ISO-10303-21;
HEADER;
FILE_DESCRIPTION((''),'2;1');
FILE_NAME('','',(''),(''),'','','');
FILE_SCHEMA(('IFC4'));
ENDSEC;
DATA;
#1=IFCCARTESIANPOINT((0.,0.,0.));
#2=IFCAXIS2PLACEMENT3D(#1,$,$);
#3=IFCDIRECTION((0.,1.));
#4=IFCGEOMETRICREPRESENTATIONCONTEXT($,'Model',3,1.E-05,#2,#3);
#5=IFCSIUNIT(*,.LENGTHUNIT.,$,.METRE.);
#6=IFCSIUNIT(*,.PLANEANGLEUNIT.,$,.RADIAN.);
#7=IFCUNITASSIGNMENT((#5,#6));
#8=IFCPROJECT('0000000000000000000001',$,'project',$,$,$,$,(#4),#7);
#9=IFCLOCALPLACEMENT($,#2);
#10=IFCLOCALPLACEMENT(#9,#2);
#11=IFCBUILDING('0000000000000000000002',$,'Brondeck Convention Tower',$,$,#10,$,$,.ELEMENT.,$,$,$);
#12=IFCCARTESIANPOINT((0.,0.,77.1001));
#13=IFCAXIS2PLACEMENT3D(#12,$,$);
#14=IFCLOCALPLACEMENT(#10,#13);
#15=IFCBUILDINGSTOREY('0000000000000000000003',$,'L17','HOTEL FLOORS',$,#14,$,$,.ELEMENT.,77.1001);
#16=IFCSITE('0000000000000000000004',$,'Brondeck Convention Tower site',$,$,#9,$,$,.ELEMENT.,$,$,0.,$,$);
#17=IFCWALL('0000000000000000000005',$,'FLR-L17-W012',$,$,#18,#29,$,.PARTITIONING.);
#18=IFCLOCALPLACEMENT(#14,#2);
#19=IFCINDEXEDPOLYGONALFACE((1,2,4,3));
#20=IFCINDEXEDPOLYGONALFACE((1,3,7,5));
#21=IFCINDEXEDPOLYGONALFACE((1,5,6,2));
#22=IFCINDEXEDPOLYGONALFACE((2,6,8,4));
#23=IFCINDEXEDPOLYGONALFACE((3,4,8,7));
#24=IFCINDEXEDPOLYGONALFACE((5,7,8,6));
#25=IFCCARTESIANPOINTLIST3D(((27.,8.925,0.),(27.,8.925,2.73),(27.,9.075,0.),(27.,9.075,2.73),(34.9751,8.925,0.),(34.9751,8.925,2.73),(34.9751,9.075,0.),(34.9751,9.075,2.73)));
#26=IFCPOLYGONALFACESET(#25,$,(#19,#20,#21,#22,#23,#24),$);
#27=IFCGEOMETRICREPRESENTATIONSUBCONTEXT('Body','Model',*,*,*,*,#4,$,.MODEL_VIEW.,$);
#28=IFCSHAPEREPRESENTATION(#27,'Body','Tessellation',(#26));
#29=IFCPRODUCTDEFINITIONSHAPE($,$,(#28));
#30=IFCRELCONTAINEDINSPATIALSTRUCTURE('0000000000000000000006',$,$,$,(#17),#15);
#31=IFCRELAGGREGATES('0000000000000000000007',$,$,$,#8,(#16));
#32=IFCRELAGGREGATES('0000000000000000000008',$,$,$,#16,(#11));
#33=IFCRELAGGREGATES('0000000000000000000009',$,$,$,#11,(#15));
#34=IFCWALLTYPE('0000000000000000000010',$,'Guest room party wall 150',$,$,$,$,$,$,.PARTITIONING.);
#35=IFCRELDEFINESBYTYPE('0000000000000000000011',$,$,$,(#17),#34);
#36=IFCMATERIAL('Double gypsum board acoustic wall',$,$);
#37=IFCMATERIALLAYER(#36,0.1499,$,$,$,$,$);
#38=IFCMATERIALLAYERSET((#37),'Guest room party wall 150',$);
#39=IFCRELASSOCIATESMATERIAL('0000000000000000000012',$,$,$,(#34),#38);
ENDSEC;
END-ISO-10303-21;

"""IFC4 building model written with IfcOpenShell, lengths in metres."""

from ifc_helpers import new_model, si_unit, direction, frame, frame_2d, origin, place, context, subcontext, project, spatial, rectangle, extrude, material, layer, layer_set, type_object, element, save


model = new_model("IFC4")

# Units and contexts
model_context = context("Model", 3, precision=1e-05, world=origin(), true_north=direction((0.0, 1.0)))
body_context = subcontext(model_context, "Body", "Model", "MODEL_VIEW")
ifc_project = project(units=[si_unit("LENGTHUNIT", "METRE"), si_unit("PLANEANGLEUNIT", "RADIAN")], contexts=[model_context])

# Site, building, storey
site_placement = place(None, origin())
site = spatial("IfcSite", under=ifc_project, at=site_placement, Name="Brondeck Convention Tower site", CompositionType="ELEMENT", RefElevation=0.0)
building_placement = place(site_placement, origin())
building = spatial("IfcBuilding", under=site, at=building_placement, Name="Brondeck Convention Tower", CompositionType="ELEMENT")
storey_placement = place(building_placement, frame((0.0, 0.0, 77.1001)))
storey = spatial("IfcBuildingStorey", under=building, at=storey_placement, Name="L17", Description="HOTEL FLOORS", CompositionType="ELEMENT", Elevation=77.1001)

# Wall
ifc_material_1 = material(Name="Double gypsum board acoustic wall")
ifc_layer_1 = layer(ifc_material_1, 0.1499)
ifc_layer_set_1 = layer_set([ifc_layer_1], Name="Guest room party wall 150")
wall_type_1 = type_object("IfcWallType", Name="Guest room party wall 150", PredefinedType="PARTITIONING", material=ifc_layer_set_1)
wall_1_placement = place(storey_placement, frame((34.9751, 9.0, 0.0), z_axis=(0.0, 0.0, 1.0), x_axis=(-1.0, 0.0, 0.0)))
element("IfcWall", 1, at=wall_1_placement, inside=storey, type_object=wall_type_1, Name="FLR-L17-W012", PredefinedType="PARTITIONING", context=body_context, shape_type="SweptSolid", body=[
    extrude(rectangle(XDim=7.9751, YDim=0.1499, at=frame_2d((3.9875, 0.0))), origin(), (0.0, 0.0, 1.0), 2.73),
])

save(model, "model.ifc")
